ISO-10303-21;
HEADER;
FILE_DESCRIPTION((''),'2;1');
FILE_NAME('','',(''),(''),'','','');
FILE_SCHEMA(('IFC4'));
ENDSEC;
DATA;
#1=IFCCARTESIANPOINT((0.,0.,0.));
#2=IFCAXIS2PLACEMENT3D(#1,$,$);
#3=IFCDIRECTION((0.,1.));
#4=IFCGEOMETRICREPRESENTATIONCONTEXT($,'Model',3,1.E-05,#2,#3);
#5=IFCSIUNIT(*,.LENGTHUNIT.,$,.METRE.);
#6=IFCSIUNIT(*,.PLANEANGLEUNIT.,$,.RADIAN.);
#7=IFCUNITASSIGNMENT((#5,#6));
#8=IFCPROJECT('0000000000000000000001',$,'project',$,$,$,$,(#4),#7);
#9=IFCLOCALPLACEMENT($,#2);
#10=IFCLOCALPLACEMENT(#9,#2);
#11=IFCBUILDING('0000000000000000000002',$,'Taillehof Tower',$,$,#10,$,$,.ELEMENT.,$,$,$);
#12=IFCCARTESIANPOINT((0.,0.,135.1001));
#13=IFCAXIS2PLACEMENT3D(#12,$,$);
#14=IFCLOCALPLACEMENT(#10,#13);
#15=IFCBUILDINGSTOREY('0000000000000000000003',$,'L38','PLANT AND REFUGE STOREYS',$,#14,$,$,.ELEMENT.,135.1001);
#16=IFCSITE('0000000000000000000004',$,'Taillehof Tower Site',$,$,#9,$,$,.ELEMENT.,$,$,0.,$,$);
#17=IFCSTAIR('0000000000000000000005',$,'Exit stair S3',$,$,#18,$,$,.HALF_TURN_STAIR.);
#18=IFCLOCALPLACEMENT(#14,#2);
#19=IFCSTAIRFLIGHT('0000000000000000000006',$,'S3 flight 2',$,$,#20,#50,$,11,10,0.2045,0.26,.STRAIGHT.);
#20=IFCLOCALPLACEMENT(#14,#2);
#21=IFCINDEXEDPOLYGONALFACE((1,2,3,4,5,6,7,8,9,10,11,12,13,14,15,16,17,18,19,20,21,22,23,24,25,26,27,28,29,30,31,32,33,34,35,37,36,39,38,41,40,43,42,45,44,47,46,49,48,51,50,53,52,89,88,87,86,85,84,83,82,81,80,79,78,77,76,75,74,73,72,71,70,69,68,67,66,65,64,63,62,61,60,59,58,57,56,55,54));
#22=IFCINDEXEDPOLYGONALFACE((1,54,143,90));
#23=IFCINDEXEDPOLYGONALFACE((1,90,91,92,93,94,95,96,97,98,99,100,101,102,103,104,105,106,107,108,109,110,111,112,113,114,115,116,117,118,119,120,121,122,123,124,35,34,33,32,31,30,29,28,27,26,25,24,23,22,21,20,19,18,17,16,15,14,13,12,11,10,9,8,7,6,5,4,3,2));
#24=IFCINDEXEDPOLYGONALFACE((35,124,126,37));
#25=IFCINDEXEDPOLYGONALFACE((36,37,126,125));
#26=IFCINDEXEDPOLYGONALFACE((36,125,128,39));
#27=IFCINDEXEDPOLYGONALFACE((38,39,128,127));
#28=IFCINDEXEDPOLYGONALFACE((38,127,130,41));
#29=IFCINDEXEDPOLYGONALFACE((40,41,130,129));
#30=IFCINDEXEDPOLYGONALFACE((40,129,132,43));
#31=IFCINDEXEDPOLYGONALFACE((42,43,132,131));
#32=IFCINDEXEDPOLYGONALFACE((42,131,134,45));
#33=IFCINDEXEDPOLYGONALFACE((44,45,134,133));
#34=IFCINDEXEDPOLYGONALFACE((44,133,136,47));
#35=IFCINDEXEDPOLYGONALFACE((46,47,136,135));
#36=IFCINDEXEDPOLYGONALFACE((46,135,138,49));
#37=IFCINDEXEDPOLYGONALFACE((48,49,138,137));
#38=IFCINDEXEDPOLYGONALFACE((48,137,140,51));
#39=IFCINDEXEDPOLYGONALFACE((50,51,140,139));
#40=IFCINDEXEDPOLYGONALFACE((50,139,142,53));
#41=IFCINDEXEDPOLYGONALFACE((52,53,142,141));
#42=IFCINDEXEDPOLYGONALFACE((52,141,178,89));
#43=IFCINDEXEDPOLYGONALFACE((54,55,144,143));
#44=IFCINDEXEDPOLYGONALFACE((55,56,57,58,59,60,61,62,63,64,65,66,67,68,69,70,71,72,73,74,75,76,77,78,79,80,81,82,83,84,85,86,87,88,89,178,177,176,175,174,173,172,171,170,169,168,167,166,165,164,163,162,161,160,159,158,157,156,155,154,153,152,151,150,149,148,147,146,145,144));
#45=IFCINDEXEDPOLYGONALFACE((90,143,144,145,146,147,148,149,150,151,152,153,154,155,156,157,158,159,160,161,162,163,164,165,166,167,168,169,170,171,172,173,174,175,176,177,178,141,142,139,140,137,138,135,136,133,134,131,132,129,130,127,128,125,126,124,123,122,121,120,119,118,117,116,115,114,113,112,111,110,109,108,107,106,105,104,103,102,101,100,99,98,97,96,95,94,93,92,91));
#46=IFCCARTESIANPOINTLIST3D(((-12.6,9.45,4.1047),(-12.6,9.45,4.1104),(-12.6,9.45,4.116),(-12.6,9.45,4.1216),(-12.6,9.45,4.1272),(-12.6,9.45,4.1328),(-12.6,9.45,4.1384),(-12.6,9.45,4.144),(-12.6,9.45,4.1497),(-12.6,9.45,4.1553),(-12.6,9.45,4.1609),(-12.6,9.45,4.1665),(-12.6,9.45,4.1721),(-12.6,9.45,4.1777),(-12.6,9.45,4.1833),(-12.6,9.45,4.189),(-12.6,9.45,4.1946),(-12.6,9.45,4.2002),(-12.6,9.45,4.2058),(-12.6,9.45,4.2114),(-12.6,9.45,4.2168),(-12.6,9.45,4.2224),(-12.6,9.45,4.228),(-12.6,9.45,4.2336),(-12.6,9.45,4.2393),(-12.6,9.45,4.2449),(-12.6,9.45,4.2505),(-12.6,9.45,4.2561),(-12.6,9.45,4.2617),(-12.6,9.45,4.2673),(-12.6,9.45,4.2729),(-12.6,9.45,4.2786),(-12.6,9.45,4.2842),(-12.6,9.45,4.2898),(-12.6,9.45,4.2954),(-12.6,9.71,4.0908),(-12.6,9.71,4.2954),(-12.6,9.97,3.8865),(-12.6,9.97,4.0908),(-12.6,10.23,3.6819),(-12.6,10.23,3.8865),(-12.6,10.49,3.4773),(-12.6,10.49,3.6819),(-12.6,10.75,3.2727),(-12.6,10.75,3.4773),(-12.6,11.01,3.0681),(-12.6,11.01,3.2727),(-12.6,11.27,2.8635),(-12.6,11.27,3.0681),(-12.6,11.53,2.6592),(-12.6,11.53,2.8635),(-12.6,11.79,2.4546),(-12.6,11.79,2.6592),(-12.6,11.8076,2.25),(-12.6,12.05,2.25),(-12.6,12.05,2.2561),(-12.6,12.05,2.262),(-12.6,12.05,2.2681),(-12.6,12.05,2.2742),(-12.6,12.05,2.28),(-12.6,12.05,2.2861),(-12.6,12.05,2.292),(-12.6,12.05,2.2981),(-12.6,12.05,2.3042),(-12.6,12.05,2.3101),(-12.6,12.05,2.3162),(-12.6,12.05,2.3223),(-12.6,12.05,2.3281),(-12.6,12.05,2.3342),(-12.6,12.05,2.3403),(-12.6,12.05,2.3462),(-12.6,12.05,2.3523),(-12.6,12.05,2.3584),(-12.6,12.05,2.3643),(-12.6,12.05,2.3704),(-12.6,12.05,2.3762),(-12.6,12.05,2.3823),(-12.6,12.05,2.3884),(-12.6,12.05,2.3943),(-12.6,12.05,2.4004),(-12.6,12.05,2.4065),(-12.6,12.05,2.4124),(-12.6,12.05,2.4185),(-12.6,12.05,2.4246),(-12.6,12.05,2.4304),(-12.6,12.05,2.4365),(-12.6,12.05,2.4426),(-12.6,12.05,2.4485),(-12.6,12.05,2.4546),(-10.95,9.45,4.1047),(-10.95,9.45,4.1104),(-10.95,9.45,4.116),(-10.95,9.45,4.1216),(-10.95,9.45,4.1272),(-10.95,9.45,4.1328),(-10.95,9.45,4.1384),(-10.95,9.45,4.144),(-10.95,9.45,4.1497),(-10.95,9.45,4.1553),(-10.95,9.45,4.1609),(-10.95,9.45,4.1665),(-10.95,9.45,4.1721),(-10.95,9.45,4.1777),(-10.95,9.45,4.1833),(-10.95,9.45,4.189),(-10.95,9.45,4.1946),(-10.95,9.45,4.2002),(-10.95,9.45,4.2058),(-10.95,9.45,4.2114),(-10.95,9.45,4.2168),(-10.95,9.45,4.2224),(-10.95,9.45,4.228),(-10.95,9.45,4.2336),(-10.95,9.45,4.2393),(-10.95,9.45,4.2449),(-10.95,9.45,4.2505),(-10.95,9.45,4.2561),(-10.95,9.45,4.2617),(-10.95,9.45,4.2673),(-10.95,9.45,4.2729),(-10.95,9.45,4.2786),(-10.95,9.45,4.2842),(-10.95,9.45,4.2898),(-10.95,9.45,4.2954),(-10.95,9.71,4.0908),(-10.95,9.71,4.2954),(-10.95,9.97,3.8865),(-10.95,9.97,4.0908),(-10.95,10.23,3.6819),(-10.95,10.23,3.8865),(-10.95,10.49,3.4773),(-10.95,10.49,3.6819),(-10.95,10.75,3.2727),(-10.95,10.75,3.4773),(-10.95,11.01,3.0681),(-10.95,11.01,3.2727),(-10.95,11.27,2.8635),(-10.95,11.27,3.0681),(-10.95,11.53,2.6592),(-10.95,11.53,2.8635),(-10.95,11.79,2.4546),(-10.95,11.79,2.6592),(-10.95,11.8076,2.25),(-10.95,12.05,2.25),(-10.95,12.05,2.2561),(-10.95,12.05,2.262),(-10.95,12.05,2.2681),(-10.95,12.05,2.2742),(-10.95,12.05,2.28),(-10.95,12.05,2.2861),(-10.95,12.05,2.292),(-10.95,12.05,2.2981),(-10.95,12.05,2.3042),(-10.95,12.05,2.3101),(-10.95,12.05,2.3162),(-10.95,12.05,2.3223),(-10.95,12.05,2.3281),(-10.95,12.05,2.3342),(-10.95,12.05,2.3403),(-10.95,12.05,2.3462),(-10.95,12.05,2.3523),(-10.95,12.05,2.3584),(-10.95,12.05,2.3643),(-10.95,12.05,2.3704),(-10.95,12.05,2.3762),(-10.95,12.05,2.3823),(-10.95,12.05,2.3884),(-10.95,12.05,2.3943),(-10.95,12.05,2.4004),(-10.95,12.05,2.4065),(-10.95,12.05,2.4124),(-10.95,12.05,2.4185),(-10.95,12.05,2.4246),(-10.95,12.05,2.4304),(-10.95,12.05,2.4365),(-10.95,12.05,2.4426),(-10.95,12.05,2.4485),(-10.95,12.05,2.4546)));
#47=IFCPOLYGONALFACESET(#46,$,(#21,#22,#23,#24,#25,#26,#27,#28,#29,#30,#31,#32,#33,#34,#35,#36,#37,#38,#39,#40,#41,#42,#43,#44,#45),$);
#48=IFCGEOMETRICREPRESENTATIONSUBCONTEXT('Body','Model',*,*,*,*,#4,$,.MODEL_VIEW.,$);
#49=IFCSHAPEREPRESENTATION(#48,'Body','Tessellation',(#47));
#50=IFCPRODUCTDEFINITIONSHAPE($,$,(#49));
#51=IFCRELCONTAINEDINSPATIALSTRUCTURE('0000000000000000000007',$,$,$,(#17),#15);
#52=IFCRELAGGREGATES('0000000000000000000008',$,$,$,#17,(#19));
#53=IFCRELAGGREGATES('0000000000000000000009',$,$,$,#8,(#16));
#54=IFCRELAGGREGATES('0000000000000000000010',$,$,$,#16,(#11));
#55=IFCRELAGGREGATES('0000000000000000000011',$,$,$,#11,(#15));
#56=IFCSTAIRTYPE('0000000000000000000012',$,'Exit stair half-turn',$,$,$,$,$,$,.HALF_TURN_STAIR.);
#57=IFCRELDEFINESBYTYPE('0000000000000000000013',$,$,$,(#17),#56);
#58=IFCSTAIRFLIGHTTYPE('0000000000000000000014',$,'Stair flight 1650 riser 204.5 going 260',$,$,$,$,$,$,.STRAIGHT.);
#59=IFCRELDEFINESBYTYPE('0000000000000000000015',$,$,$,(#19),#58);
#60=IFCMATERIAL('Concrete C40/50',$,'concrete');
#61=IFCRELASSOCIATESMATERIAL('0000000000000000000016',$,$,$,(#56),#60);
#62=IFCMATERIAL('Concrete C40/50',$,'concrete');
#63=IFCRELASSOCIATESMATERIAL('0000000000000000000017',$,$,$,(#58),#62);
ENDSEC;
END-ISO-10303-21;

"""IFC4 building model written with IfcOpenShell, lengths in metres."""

from ifc_helpers import new_model, si_unit, direction, frame, origin, place, context, subcontext, project, spatial, polyline, outline, extrude, material, type_object, element, aggregate, save


model = new_model("IFC4")

# Units and contexts
model_context = context("Model", 3, precision=1e-05, world=origin(), true_north=direction((0.0, 1.0)))
body_context = subcontext(model_context, "Body", "Model", "MODEL_VIEW")
ifc_project = project(units=[si_unit("LENGTHUNIT", "METRE"), si_unit("PLANEANGLEUNIT", "RADIAN")], contexts=[model_context])

# Site, building, storey
site_placement = place(None, origin())
site = spatial("IfcSite", under=ifc_project, at=site_placement, Name="Taillehof Tower Site", CompositionType="ELEMENT", RefElevation=0.0)
building_placement = place(site_placement, origin())
building = spatial("IfcBuilding", under=site, at=building_placement, Name="Taillehof Tower", CompositionType="ELEMENT")
storey_placement = place(building_placement, frame((0.0, 0.0, 135.1001)))
storey = spatial("IfcBuildingStorey", under=building, at=storey_placement, Name="L38", Description="PLANT AND REFUGE STOREYS", CompositionType="ELEMENT", Elevation=135.1001)

# Stair, stair flight
ifc_material_1 = material(Name="Concrete C40/50", Category="concrete")
stair_type = type_object("IfcStairType", Name="Exit stair half-turn", PredefinedType="HALF_TURN_STAIR", material=ifc_material_1)
stair_placement = place(storey_placement, origin())
stair = element("IfcStair", 1, at=stair_placement, inside=storey, type_object=stair_type, Name="Exit stair S3", PredefinedType="HALF_TURN_STAIR")
ifc_material_2 = material(Name="Concrete C40/50", Category="concrete")
stair_flight_type = type_object("IfcStairFlightType", Name="Stair flight 1650 riser 204.5 going 260", PredefinedType="STRAIGHT", material=ifc_material_2)
stair_flight_1_placement = place(storey_placement, frame((-11.7749, 12.05, 2.25), z_axis=(0.0, 0.0, 1.0), x_axis=(0.0, -1.0, 0.0)))
stair_flight_1 = element("IfcStairFlight", 2, at=stair_flight_1_placement, type_object=stair_flight_type, Name="S3 flight 2", NumberOfRisers=11, NumberOfTreads=10, PredefinedType="STRAIGHT", RiserHeight=0.2045, TreadLength=0.26, context=body_context, shape_type="SweptSolid", body=[
    extrude(outline(polyline([(0.0, 0.0), (0.0, 0.0061), (0.0, 0.012), (0.0, 0.0181), (0.0, 0.0242), (0.0, 0.03), (0.0, 0.0361), (0.0, 0.042), (0.0, 0.0481), (0.0, 0.0542), (0.0, 0.0601), (0.0, 0.0662), (0.0, 0.0723), (0.0, 0.0781), (0.0, 0.0842), (0.0, 0.0903), (0.0, 0.0962), (0.0, 0.1023), (0.0, 0.1084), (0.0, 0.1143), (0.0, 0.1204), (0.0, 0.1262), (0.0, 0.1323), (0.0, 0.1384), (0.0, 0.1443), (0.0, 0.1504), (0.0, 0.1565), (0.0, 0.1624), (0.0, 0.1685), (0.0, 0.1746), (0.0, 0.1804), (0.0, 0.1865), (0.0, 0.1926), (0.0, 0.1985), (0.0, 0.2046), (0.26, 0.2046), (0.26, 0.4092), (0.52, 0.4092), (0.52, 0.6135), (0.78, 0.6135), (0.78, 0.8181), (1.04, 0.8181), (1.04, 1.0227), (1.3, 1.0227), (1.3, 1.2273), (1.5601, 1.2273), (1.5601, 1.4319), (1.8201, 1.4319), (1.8201, 1.6365), (2.0801, 1.6365), (2.0801, 1.8408), (2.3401, 1.8408), (2.3401, 2.0454), (2.6001, 2.0454), (2.6001, 2.0398), (2.6001, 2.0342), (2.6001, 2.0286), (2.6001, 2.0229), (2.6001, 2.0173), (2.6001, 2.0117), (2.6001, 2.0061), (2.6001, 2.0005), (2.6001, 1.9949), (2.6001, 1.9893), (2.6001, 1.9836), (2.6001, 1.978), (2.6001, 1.9724), (2.6001, 1.9668), (2.6001, 1.9614), (2.6001, 1.9558), (2.6001, 1.9502), (2.6001, 1.9446), (2.6001, 1.939), (2.6001, 1.9333), (2.6001, 1.9277), (2.6001, 1.9221), (2.6001, 1.9165), (2.6001, 1.9109), (2.6001, 1.9053), (2.6001, 1.8997), (2.6001, 1.894), (2.6001, 1.8884), (2.6001, 1.8828), (2.6001, 1.8772), (2.6001, 1.8716), (2.6001, 1.866), (2.6001, 1.8604), (2.6001, 1.8547), (0.2424, 0.0), (0.0, 0.0)])), frame((0.0, 0.825, 0.0), z_axis=(0.0, -1.0, 0.0), x_axis=(1.0, 0.0, 0.0)), (0.0, 0.0, 1.0), 1.65),
])
aggregate(stair, [stair_flight_1])

save(model, "model.ifc")
